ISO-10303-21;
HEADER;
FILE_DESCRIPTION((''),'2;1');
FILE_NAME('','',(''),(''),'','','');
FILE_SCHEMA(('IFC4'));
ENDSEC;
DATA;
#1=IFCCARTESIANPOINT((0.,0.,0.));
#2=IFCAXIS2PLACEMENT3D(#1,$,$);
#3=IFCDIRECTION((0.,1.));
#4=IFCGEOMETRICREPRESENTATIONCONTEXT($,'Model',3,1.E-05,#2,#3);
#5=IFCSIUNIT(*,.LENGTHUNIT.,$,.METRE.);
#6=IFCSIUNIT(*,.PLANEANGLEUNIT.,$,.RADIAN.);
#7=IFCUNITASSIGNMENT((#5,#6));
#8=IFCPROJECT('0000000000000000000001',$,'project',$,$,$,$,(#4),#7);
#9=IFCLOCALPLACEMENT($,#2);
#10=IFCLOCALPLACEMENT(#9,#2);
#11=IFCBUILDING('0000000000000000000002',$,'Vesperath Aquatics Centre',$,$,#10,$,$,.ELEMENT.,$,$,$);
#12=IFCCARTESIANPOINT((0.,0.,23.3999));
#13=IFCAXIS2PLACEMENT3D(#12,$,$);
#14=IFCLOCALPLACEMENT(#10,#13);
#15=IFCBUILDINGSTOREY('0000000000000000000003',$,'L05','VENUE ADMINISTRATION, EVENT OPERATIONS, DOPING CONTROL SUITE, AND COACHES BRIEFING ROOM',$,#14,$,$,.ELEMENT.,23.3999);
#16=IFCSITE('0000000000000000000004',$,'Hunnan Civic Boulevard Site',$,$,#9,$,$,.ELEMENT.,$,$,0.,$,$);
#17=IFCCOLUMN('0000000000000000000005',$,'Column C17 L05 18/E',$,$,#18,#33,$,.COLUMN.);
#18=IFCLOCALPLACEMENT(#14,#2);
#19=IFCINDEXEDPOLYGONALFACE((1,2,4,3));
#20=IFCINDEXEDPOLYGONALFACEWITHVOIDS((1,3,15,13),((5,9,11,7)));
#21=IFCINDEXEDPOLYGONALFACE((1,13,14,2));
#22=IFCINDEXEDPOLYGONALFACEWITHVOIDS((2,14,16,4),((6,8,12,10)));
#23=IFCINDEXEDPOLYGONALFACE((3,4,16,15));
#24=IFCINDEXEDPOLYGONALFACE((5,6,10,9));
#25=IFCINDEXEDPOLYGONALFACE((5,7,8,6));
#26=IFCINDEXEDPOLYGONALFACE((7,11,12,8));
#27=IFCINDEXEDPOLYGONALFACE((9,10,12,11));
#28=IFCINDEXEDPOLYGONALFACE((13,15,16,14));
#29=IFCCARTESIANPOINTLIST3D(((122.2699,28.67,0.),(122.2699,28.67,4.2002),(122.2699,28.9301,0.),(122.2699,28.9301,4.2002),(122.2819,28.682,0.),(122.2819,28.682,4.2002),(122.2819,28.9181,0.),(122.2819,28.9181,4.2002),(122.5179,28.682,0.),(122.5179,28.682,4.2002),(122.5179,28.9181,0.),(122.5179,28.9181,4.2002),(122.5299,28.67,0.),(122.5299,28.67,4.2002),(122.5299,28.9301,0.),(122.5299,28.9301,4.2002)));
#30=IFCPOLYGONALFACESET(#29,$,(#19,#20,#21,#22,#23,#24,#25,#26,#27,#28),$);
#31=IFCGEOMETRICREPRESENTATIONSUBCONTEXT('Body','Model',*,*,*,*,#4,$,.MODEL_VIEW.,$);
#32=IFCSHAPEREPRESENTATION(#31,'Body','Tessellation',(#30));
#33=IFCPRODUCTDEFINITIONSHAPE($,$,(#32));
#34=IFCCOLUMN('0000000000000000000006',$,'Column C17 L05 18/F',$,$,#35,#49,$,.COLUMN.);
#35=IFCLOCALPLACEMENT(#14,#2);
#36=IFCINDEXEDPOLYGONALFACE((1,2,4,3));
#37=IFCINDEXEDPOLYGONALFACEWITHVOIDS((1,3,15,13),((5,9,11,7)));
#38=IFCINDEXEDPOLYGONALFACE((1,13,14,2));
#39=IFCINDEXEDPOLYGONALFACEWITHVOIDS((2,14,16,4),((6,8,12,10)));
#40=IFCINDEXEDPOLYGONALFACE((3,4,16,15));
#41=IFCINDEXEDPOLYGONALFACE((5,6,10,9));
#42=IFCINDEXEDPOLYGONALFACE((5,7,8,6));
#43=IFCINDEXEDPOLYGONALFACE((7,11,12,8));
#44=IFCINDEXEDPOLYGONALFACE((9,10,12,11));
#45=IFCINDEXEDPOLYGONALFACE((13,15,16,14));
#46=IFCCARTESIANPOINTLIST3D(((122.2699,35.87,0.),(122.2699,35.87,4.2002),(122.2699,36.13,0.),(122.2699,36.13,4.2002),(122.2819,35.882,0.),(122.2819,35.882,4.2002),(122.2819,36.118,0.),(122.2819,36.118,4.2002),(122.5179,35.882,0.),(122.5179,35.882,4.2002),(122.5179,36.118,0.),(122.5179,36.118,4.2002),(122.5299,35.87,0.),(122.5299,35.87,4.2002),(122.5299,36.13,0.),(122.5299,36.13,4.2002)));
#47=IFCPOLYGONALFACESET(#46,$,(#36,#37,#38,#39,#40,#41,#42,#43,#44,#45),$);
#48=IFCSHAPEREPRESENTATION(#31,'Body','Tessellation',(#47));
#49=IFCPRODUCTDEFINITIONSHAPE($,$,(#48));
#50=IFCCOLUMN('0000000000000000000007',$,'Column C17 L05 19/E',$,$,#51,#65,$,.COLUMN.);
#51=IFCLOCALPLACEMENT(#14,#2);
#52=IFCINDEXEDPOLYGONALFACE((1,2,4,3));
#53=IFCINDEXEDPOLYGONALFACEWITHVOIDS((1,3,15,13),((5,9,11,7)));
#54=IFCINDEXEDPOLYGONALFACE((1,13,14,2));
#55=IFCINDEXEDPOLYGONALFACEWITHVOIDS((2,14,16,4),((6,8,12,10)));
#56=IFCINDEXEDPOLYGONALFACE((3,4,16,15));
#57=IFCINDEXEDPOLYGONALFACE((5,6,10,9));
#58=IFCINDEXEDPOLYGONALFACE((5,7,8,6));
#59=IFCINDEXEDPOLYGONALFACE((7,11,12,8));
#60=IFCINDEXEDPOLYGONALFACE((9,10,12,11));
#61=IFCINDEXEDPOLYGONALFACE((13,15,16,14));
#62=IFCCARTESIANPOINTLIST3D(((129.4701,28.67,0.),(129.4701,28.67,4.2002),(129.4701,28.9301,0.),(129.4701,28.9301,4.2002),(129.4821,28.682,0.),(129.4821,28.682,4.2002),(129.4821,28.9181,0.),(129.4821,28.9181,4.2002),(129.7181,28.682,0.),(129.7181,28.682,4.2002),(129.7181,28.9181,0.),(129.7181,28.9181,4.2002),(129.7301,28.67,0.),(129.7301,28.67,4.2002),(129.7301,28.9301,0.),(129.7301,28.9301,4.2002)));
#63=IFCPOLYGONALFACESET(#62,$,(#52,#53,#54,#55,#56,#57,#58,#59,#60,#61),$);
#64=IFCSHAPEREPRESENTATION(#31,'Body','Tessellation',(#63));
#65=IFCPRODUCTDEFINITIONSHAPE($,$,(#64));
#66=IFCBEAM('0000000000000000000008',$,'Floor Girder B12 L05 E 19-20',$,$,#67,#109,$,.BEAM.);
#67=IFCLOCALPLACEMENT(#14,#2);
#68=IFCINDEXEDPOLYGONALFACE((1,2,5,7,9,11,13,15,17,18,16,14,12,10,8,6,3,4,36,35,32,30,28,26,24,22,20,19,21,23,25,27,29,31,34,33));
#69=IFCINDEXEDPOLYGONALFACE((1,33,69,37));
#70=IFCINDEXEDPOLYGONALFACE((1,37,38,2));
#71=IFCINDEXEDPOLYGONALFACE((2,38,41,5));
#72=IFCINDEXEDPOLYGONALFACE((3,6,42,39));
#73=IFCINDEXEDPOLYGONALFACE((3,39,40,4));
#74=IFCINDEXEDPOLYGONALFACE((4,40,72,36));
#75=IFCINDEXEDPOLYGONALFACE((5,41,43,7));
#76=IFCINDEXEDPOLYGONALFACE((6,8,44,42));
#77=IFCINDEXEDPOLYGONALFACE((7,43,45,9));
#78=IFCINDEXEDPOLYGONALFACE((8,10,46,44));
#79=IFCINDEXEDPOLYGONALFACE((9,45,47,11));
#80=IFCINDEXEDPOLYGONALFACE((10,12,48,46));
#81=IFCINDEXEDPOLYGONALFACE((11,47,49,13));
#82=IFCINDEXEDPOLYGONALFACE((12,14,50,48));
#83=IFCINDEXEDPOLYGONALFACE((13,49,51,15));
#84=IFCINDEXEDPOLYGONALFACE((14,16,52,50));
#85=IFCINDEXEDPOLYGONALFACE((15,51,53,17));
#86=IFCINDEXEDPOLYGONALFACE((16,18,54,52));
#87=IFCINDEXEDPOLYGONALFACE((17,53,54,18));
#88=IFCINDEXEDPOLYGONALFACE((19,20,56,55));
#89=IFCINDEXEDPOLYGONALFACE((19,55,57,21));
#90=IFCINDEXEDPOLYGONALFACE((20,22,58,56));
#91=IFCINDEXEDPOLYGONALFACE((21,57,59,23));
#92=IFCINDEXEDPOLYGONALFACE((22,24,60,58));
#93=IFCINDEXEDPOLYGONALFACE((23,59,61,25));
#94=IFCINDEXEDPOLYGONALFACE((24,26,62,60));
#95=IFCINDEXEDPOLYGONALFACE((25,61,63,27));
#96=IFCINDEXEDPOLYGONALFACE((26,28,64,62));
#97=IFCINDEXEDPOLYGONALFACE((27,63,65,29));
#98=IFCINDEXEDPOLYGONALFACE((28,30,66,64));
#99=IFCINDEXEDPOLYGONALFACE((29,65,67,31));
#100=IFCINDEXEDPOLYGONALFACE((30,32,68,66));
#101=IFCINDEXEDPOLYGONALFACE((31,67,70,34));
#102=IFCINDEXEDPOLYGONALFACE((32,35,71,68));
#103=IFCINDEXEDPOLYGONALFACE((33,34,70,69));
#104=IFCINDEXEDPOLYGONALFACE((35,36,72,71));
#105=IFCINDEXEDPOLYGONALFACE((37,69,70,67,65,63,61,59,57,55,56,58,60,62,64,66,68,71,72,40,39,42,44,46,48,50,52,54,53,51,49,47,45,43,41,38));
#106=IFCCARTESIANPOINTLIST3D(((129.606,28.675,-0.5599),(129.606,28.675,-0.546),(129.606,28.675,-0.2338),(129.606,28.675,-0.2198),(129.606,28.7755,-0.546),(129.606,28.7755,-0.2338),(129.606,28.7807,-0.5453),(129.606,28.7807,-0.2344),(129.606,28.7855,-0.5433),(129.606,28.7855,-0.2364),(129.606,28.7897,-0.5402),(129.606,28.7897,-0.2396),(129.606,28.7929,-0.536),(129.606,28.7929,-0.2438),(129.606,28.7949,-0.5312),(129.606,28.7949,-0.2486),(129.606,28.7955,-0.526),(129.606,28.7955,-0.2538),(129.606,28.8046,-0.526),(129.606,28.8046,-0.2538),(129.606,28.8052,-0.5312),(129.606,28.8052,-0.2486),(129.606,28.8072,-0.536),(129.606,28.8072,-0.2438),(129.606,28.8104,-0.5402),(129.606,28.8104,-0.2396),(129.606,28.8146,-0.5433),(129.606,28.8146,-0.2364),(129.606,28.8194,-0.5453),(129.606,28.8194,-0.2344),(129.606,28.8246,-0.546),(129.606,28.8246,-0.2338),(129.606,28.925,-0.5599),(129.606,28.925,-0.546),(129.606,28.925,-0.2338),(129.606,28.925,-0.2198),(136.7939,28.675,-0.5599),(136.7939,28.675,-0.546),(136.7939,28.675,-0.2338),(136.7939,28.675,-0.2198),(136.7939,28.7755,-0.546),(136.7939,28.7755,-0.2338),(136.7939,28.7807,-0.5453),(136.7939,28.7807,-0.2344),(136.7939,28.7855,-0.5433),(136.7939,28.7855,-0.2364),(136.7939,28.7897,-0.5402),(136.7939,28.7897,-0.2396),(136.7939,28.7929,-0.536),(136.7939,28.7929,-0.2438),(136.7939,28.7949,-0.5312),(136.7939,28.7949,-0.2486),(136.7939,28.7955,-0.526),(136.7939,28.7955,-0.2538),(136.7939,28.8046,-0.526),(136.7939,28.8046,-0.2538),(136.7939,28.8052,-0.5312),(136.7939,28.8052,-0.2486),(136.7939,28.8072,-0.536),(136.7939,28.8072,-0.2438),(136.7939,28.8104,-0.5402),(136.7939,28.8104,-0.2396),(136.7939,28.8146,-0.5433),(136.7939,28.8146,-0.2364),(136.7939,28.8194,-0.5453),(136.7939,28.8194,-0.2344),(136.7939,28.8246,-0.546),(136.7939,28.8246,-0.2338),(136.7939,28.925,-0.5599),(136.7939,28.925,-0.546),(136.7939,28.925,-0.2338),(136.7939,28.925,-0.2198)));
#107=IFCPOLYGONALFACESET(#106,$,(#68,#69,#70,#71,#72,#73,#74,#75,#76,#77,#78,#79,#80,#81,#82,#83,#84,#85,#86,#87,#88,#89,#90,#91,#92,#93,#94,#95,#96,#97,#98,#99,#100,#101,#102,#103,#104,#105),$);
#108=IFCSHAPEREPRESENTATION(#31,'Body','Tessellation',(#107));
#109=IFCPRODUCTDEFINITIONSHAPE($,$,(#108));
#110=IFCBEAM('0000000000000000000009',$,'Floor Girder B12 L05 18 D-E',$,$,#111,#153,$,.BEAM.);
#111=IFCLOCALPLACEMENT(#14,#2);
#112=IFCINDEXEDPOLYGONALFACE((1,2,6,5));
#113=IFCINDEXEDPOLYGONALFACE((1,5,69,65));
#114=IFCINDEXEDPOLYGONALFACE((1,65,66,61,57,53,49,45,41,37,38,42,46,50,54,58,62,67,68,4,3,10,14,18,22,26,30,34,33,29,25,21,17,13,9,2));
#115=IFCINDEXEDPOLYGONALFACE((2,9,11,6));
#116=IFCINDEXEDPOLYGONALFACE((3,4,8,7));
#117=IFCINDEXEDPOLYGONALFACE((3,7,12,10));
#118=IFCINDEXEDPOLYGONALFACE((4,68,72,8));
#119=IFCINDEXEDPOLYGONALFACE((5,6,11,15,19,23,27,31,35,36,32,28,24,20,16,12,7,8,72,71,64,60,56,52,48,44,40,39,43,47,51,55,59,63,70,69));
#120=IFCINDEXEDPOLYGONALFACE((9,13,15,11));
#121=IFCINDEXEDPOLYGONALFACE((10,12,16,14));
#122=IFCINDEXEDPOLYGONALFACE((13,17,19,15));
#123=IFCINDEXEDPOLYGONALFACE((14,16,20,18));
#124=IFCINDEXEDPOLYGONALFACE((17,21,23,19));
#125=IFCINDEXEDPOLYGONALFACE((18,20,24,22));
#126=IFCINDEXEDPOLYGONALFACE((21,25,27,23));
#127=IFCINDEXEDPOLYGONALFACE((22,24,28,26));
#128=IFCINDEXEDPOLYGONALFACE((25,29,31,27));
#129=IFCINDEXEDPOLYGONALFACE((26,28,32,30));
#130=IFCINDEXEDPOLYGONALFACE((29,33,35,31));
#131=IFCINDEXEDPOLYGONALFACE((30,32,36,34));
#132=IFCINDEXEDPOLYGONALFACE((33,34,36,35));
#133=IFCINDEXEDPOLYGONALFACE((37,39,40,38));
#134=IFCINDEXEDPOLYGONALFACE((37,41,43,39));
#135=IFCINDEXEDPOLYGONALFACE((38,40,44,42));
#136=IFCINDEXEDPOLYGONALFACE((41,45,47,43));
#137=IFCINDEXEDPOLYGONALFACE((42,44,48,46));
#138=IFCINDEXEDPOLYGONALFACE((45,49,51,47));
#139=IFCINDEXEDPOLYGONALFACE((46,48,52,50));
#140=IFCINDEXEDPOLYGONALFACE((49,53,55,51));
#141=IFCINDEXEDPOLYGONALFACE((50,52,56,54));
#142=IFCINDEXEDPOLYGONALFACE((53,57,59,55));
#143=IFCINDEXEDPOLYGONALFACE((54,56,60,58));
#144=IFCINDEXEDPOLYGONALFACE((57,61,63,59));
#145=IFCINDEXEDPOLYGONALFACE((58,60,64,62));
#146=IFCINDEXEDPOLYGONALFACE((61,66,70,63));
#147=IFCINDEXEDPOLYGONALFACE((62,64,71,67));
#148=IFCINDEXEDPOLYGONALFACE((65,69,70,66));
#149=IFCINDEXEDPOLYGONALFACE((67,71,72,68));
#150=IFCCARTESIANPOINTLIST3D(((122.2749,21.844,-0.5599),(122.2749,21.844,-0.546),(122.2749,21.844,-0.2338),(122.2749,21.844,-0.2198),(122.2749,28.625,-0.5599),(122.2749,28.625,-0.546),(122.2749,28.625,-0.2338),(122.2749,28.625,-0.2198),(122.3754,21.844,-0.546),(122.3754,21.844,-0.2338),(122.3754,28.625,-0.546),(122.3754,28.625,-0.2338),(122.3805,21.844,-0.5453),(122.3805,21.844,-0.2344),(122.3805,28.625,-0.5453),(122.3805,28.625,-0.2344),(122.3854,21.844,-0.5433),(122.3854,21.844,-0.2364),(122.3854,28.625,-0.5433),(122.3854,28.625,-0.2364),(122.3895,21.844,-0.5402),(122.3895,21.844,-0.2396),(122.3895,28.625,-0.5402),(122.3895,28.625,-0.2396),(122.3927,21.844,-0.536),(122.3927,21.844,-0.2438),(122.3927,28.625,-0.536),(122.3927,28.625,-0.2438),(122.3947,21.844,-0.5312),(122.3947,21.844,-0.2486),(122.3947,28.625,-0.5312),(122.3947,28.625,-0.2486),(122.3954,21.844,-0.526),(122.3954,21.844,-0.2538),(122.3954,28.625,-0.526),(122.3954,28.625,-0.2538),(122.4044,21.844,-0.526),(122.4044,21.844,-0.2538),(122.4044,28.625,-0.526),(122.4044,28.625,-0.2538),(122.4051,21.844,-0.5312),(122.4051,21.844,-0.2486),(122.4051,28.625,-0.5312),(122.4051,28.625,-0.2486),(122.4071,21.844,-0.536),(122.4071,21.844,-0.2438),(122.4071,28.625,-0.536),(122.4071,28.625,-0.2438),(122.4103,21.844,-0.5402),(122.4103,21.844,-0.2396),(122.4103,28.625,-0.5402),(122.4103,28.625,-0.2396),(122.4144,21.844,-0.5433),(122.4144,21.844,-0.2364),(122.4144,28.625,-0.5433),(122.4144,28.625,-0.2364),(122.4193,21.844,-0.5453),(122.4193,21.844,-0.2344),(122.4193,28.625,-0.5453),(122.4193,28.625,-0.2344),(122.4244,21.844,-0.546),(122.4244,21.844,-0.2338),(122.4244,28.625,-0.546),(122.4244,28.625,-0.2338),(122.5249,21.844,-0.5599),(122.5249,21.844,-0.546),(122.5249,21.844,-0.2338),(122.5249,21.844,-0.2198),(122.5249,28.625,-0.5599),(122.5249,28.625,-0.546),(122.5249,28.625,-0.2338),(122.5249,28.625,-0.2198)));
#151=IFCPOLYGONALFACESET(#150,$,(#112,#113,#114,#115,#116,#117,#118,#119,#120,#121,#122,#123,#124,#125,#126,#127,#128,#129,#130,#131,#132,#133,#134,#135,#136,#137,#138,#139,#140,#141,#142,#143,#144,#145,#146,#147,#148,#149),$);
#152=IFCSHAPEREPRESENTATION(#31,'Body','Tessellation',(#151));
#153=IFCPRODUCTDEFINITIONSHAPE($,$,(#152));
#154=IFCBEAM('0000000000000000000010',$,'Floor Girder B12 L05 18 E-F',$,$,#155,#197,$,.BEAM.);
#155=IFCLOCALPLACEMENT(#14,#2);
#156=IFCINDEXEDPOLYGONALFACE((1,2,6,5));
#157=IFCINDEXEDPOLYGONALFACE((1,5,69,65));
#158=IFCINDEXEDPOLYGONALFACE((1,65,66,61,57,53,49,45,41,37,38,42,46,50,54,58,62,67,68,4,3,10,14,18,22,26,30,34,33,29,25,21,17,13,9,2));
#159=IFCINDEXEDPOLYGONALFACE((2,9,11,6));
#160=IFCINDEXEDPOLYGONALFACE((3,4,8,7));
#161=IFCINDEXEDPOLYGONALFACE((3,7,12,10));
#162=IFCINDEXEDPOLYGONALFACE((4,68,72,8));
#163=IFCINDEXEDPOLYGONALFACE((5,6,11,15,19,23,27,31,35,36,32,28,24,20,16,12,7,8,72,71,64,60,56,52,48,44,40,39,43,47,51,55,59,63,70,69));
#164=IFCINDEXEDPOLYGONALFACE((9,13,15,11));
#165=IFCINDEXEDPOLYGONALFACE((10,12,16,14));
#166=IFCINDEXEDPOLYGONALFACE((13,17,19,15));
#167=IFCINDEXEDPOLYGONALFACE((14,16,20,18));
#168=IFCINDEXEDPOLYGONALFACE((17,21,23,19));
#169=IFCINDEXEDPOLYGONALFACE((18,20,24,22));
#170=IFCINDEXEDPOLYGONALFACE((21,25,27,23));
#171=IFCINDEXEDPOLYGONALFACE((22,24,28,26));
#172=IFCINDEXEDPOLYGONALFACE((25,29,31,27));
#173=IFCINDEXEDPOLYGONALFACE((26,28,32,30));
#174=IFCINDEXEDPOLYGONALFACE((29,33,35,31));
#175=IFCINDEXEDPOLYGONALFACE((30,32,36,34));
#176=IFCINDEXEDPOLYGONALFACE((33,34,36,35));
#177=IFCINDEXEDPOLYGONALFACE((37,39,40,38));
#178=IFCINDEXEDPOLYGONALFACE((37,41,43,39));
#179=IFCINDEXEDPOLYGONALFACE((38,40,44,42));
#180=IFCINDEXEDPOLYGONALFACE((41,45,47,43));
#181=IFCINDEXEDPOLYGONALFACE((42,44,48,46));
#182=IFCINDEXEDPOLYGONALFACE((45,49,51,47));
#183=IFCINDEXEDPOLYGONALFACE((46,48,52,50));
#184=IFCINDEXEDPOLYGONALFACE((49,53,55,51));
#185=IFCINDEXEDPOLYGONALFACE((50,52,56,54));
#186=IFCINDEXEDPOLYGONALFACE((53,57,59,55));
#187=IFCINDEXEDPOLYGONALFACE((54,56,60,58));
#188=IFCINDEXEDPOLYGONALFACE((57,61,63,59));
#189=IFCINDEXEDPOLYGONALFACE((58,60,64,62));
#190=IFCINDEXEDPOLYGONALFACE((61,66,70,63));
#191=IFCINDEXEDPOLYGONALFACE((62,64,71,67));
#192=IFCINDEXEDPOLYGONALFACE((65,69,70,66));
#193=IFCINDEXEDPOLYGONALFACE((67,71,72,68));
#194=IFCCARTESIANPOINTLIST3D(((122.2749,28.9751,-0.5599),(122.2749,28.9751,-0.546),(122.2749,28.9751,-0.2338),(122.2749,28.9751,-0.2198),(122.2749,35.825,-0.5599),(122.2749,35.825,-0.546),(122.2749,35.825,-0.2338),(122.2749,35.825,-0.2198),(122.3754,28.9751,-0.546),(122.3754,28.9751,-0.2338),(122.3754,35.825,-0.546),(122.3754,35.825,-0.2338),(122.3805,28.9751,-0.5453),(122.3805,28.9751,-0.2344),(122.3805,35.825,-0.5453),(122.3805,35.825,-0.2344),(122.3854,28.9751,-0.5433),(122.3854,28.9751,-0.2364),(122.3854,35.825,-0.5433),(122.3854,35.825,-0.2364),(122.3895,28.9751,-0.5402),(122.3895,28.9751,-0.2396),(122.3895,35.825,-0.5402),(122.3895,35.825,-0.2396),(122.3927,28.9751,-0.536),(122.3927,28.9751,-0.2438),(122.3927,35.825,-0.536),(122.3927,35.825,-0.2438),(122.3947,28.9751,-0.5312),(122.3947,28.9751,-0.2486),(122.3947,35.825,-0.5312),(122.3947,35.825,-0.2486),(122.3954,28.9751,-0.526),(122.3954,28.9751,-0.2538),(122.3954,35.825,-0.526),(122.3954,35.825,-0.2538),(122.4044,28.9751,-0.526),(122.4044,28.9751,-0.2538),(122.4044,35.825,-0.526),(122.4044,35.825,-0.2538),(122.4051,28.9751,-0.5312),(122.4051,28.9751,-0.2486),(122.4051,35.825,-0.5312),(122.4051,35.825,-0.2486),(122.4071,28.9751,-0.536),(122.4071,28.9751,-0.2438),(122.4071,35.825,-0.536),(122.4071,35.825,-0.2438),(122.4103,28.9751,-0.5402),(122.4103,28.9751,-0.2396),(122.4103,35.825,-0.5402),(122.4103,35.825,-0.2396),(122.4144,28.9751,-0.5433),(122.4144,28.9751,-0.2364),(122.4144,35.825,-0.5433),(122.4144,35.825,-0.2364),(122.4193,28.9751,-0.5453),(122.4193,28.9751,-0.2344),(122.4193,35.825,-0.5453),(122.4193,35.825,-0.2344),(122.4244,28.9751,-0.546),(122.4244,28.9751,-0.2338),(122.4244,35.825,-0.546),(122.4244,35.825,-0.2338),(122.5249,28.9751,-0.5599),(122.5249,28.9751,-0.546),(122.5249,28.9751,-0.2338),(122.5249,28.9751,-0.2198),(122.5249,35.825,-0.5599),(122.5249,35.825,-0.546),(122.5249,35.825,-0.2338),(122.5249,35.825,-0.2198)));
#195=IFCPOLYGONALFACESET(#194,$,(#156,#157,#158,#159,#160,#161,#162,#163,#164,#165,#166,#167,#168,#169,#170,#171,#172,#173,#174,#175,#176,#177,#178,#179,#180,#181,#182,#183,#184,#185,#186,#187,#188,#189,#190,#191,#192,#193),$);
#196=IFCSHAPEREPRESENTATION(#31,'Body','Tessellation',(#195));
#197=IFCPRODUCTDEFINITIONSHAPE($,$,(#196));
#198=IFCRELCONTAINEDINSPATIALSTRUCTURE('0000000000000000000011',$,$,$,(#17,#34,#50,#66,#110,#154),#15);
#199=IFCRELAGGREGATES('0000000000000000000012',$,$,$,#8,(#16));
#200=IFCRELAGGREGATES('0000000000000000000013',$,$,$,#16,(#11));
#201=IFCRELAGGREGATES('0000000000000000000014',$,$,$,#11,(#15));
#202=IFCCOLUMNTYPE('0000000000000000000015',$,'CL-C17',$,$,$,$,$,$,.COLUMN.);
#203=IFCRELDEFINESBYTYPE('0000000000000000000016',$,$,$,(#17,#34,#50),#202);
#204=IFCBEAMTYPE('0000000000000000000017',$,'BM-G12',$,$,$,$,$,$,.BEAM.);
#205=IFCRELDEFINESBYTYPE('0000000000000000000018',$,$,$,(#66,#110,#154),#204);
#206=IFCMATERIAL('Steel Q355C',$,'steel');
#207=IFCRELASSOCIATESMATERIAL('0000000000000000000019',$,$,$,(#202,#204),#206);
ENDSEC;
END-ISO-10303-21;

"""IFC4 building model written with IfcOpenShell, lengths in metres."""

from ifc_helpers import new_model, si_unit, direction, frame, origin, origin_2d, place, context, subcontext, project, spatial, hollow_rectangle, i_section, extrude, material, material_profile, profile_set, type_object, element, save


model = new_model("IFC4")

# Units and contexts
model_context = context("Model", 3, precision=1e-05, world=origin(), true_north=direction((0.0, 1.0)))
body_context = subcontext(model_context, "Body", "Model", "MODEL_VIEW")
ifc_project = project(units=[si_unit("LENGTHUNIT", "METRE"), si_unit("PLANEANGLEUNIT", "RADIAN")], contexts=[model_context])

# Site, building, storey
site_placement = place(None, origin())
site = spatial("IfcSite", under=ifc_project, at=site_placement, Name="Hunnan Civic Boulevard Site", CompositionType="ELEMENT", RefElevation=0.0)
building_placement = place(site_placement, origin())
building = spatial("IfcBuilding", under=site, at=building_placement, Name="Vesperath Aquatics Centre", CompositionType="ELEMENT")
storey_placement = place(building_placement, frame((0.0, 0.0, 23.3999)))
storey = spatial("IfcBuildingStorey", under=building, at=storey_placement, Name="L05", Description="VENUE ADMINISTRATION, EVENT OPERATIONS, DOPING CONTROL SUITE, AND COACHES BRIEFING ROOM", CompositionType="ELEMENT", Elevation=23.3999)

# Columns
ifc_material_1 = material(Name="Steel Q355C", Category="steel")
ifc_material_profile_1 = material_profile(ifc_material_1, hollow_rectangle(XDim=0.26, YDim=0.26, WallThickness=0.012, at=origin_2d()), Name="SHS 260x260x12")
ifc_profile_set_1 = profile_set([ifc_material_profile_1], Name="Steel Q355C")
column_type = type_object("IfcColumnType", Name="CL-C17", PredefinedType="COLUMN", material=ifc_profile_set_1)
for number, where, z_axis, x_axis, name in (
    (1, (122.3999, 28.8, 0.0), (0.0, 0.0, 1.0), (1.0, 0.0, 0.0), "Column C17 L05 18/E"),
    (2, (122.3999, 36.0, 0.0), (0.0, 0.0, 1.0), (1.0, 0.0, 0.0), "Column C17 L05 18/F"),
    (3, (129.6001, 28.8, 0.0), (0.0, 0.0, 1.0), (1.0, 0.0, 0.0), "Column C17 L05 19/E"),
):
    element("IfcColumn", number, at=place(storey_placement, frame(where, z_axis=z_axis, x_axis=x_axis)), inside=storey, type_object=column_type, Name=name, PredefinedType="COLUMN", context=body_context, shape_type="SweptSolid", body=[
        extrude(hollow_rectangle(XDim=0.26, YDim=0.26, WallThickness=0.012, at=origin_2d()), origin(), (0.0, 0.0, 1.0), 4.2002),
    ])

# Beams
ifc_material_profile_2 = material_profile(ifc_material_1, i_section(OverallWidth=0.25, OverallDepth=0.3401, WebThickness=0.009, FlangeThickness=0.0139, FilletRadius=0.02, at=origin_2d()), Name="HM 340x250x9x14")
ifc_profile_set_2 = profile_set([ifc_material_profile_2], Name="Steel Q355C")
beam_type_1 = type_object("IfcBeamType", Name="BM-G12", PredefinedType="BEAM", material=ifc_profile_set_2)
beam_1_placement = place(storey_placement, frame((129.606, 28.8, -0.3899), z_axis=(1.0, 0.0, 0.0), x_axis=(0.0, 1.0, 0.0)))
element("IfcBeam", 4, at=beam_1_placement, inside=storey, type_object=beam_type_1, Name="Floor Girder B12 L05 E 19-20", PredefinedType="BEAM", context=body_context, shape_type="SweptSolid", body=[
    extrude(i_section(OverallWidth=0.25, OverallDepth=0.3401, WebThickness=0.009, FlangeThickness=0.0139, FilletRadius=0.02, at=origin_2d()), origin(), (0.0, 0.0, 1.0), 7.188),
])
beam_2_placement = place(storey_placement, frame((122.3999, 21.844, -0.3899), z_axis=(0.0, 1.0, 0.0), x_axis=(-1.0, 0.0, 0.0)))
element("IfcBeam", 5, at=beam_2_placement, inside=storey, type_object=beam_type_1, Name="Floor Girder B12 L05 18 D-E", PredefinedType="BEAM", context=body_context, shape_type="SweptSolid", body=[
    extrude(i_section(OverallWidth=0.25, OverallDepth=0.3401, WebThickness=0.009, FlangeThickness=0.0139, FilletRadius=0.02, at=origin_2d()), origin(), (0.0, 0.0, 1.0), 6.781),
])
beam_3_placement = place(storey_placement, frame((122.3999, 28.9751, -0.3899), z_axis=(0.0, 1.0, 0.0), x_axis=(-1.0, 0.0, 0.0)))
element("IfcBeam", 6, at=beam_3_placement, inside=storey, type_object=beam_type_1, Name="Floor Girder B12 L05 18 E-F", PredefinedType="BEAM", context=body_context, shape_type="SweptSolid", body=[
    extrude(i_section(OverallWidth=0.25, OverallDepth=0.3401, WebThickness=0.009, FlangeThickness=0.0139, FilletRadius=0.02, at=origin_2d()), origin(), (0.0, 0.0, 1.0), 6.8499),
])

save(model, "model.ifc")
